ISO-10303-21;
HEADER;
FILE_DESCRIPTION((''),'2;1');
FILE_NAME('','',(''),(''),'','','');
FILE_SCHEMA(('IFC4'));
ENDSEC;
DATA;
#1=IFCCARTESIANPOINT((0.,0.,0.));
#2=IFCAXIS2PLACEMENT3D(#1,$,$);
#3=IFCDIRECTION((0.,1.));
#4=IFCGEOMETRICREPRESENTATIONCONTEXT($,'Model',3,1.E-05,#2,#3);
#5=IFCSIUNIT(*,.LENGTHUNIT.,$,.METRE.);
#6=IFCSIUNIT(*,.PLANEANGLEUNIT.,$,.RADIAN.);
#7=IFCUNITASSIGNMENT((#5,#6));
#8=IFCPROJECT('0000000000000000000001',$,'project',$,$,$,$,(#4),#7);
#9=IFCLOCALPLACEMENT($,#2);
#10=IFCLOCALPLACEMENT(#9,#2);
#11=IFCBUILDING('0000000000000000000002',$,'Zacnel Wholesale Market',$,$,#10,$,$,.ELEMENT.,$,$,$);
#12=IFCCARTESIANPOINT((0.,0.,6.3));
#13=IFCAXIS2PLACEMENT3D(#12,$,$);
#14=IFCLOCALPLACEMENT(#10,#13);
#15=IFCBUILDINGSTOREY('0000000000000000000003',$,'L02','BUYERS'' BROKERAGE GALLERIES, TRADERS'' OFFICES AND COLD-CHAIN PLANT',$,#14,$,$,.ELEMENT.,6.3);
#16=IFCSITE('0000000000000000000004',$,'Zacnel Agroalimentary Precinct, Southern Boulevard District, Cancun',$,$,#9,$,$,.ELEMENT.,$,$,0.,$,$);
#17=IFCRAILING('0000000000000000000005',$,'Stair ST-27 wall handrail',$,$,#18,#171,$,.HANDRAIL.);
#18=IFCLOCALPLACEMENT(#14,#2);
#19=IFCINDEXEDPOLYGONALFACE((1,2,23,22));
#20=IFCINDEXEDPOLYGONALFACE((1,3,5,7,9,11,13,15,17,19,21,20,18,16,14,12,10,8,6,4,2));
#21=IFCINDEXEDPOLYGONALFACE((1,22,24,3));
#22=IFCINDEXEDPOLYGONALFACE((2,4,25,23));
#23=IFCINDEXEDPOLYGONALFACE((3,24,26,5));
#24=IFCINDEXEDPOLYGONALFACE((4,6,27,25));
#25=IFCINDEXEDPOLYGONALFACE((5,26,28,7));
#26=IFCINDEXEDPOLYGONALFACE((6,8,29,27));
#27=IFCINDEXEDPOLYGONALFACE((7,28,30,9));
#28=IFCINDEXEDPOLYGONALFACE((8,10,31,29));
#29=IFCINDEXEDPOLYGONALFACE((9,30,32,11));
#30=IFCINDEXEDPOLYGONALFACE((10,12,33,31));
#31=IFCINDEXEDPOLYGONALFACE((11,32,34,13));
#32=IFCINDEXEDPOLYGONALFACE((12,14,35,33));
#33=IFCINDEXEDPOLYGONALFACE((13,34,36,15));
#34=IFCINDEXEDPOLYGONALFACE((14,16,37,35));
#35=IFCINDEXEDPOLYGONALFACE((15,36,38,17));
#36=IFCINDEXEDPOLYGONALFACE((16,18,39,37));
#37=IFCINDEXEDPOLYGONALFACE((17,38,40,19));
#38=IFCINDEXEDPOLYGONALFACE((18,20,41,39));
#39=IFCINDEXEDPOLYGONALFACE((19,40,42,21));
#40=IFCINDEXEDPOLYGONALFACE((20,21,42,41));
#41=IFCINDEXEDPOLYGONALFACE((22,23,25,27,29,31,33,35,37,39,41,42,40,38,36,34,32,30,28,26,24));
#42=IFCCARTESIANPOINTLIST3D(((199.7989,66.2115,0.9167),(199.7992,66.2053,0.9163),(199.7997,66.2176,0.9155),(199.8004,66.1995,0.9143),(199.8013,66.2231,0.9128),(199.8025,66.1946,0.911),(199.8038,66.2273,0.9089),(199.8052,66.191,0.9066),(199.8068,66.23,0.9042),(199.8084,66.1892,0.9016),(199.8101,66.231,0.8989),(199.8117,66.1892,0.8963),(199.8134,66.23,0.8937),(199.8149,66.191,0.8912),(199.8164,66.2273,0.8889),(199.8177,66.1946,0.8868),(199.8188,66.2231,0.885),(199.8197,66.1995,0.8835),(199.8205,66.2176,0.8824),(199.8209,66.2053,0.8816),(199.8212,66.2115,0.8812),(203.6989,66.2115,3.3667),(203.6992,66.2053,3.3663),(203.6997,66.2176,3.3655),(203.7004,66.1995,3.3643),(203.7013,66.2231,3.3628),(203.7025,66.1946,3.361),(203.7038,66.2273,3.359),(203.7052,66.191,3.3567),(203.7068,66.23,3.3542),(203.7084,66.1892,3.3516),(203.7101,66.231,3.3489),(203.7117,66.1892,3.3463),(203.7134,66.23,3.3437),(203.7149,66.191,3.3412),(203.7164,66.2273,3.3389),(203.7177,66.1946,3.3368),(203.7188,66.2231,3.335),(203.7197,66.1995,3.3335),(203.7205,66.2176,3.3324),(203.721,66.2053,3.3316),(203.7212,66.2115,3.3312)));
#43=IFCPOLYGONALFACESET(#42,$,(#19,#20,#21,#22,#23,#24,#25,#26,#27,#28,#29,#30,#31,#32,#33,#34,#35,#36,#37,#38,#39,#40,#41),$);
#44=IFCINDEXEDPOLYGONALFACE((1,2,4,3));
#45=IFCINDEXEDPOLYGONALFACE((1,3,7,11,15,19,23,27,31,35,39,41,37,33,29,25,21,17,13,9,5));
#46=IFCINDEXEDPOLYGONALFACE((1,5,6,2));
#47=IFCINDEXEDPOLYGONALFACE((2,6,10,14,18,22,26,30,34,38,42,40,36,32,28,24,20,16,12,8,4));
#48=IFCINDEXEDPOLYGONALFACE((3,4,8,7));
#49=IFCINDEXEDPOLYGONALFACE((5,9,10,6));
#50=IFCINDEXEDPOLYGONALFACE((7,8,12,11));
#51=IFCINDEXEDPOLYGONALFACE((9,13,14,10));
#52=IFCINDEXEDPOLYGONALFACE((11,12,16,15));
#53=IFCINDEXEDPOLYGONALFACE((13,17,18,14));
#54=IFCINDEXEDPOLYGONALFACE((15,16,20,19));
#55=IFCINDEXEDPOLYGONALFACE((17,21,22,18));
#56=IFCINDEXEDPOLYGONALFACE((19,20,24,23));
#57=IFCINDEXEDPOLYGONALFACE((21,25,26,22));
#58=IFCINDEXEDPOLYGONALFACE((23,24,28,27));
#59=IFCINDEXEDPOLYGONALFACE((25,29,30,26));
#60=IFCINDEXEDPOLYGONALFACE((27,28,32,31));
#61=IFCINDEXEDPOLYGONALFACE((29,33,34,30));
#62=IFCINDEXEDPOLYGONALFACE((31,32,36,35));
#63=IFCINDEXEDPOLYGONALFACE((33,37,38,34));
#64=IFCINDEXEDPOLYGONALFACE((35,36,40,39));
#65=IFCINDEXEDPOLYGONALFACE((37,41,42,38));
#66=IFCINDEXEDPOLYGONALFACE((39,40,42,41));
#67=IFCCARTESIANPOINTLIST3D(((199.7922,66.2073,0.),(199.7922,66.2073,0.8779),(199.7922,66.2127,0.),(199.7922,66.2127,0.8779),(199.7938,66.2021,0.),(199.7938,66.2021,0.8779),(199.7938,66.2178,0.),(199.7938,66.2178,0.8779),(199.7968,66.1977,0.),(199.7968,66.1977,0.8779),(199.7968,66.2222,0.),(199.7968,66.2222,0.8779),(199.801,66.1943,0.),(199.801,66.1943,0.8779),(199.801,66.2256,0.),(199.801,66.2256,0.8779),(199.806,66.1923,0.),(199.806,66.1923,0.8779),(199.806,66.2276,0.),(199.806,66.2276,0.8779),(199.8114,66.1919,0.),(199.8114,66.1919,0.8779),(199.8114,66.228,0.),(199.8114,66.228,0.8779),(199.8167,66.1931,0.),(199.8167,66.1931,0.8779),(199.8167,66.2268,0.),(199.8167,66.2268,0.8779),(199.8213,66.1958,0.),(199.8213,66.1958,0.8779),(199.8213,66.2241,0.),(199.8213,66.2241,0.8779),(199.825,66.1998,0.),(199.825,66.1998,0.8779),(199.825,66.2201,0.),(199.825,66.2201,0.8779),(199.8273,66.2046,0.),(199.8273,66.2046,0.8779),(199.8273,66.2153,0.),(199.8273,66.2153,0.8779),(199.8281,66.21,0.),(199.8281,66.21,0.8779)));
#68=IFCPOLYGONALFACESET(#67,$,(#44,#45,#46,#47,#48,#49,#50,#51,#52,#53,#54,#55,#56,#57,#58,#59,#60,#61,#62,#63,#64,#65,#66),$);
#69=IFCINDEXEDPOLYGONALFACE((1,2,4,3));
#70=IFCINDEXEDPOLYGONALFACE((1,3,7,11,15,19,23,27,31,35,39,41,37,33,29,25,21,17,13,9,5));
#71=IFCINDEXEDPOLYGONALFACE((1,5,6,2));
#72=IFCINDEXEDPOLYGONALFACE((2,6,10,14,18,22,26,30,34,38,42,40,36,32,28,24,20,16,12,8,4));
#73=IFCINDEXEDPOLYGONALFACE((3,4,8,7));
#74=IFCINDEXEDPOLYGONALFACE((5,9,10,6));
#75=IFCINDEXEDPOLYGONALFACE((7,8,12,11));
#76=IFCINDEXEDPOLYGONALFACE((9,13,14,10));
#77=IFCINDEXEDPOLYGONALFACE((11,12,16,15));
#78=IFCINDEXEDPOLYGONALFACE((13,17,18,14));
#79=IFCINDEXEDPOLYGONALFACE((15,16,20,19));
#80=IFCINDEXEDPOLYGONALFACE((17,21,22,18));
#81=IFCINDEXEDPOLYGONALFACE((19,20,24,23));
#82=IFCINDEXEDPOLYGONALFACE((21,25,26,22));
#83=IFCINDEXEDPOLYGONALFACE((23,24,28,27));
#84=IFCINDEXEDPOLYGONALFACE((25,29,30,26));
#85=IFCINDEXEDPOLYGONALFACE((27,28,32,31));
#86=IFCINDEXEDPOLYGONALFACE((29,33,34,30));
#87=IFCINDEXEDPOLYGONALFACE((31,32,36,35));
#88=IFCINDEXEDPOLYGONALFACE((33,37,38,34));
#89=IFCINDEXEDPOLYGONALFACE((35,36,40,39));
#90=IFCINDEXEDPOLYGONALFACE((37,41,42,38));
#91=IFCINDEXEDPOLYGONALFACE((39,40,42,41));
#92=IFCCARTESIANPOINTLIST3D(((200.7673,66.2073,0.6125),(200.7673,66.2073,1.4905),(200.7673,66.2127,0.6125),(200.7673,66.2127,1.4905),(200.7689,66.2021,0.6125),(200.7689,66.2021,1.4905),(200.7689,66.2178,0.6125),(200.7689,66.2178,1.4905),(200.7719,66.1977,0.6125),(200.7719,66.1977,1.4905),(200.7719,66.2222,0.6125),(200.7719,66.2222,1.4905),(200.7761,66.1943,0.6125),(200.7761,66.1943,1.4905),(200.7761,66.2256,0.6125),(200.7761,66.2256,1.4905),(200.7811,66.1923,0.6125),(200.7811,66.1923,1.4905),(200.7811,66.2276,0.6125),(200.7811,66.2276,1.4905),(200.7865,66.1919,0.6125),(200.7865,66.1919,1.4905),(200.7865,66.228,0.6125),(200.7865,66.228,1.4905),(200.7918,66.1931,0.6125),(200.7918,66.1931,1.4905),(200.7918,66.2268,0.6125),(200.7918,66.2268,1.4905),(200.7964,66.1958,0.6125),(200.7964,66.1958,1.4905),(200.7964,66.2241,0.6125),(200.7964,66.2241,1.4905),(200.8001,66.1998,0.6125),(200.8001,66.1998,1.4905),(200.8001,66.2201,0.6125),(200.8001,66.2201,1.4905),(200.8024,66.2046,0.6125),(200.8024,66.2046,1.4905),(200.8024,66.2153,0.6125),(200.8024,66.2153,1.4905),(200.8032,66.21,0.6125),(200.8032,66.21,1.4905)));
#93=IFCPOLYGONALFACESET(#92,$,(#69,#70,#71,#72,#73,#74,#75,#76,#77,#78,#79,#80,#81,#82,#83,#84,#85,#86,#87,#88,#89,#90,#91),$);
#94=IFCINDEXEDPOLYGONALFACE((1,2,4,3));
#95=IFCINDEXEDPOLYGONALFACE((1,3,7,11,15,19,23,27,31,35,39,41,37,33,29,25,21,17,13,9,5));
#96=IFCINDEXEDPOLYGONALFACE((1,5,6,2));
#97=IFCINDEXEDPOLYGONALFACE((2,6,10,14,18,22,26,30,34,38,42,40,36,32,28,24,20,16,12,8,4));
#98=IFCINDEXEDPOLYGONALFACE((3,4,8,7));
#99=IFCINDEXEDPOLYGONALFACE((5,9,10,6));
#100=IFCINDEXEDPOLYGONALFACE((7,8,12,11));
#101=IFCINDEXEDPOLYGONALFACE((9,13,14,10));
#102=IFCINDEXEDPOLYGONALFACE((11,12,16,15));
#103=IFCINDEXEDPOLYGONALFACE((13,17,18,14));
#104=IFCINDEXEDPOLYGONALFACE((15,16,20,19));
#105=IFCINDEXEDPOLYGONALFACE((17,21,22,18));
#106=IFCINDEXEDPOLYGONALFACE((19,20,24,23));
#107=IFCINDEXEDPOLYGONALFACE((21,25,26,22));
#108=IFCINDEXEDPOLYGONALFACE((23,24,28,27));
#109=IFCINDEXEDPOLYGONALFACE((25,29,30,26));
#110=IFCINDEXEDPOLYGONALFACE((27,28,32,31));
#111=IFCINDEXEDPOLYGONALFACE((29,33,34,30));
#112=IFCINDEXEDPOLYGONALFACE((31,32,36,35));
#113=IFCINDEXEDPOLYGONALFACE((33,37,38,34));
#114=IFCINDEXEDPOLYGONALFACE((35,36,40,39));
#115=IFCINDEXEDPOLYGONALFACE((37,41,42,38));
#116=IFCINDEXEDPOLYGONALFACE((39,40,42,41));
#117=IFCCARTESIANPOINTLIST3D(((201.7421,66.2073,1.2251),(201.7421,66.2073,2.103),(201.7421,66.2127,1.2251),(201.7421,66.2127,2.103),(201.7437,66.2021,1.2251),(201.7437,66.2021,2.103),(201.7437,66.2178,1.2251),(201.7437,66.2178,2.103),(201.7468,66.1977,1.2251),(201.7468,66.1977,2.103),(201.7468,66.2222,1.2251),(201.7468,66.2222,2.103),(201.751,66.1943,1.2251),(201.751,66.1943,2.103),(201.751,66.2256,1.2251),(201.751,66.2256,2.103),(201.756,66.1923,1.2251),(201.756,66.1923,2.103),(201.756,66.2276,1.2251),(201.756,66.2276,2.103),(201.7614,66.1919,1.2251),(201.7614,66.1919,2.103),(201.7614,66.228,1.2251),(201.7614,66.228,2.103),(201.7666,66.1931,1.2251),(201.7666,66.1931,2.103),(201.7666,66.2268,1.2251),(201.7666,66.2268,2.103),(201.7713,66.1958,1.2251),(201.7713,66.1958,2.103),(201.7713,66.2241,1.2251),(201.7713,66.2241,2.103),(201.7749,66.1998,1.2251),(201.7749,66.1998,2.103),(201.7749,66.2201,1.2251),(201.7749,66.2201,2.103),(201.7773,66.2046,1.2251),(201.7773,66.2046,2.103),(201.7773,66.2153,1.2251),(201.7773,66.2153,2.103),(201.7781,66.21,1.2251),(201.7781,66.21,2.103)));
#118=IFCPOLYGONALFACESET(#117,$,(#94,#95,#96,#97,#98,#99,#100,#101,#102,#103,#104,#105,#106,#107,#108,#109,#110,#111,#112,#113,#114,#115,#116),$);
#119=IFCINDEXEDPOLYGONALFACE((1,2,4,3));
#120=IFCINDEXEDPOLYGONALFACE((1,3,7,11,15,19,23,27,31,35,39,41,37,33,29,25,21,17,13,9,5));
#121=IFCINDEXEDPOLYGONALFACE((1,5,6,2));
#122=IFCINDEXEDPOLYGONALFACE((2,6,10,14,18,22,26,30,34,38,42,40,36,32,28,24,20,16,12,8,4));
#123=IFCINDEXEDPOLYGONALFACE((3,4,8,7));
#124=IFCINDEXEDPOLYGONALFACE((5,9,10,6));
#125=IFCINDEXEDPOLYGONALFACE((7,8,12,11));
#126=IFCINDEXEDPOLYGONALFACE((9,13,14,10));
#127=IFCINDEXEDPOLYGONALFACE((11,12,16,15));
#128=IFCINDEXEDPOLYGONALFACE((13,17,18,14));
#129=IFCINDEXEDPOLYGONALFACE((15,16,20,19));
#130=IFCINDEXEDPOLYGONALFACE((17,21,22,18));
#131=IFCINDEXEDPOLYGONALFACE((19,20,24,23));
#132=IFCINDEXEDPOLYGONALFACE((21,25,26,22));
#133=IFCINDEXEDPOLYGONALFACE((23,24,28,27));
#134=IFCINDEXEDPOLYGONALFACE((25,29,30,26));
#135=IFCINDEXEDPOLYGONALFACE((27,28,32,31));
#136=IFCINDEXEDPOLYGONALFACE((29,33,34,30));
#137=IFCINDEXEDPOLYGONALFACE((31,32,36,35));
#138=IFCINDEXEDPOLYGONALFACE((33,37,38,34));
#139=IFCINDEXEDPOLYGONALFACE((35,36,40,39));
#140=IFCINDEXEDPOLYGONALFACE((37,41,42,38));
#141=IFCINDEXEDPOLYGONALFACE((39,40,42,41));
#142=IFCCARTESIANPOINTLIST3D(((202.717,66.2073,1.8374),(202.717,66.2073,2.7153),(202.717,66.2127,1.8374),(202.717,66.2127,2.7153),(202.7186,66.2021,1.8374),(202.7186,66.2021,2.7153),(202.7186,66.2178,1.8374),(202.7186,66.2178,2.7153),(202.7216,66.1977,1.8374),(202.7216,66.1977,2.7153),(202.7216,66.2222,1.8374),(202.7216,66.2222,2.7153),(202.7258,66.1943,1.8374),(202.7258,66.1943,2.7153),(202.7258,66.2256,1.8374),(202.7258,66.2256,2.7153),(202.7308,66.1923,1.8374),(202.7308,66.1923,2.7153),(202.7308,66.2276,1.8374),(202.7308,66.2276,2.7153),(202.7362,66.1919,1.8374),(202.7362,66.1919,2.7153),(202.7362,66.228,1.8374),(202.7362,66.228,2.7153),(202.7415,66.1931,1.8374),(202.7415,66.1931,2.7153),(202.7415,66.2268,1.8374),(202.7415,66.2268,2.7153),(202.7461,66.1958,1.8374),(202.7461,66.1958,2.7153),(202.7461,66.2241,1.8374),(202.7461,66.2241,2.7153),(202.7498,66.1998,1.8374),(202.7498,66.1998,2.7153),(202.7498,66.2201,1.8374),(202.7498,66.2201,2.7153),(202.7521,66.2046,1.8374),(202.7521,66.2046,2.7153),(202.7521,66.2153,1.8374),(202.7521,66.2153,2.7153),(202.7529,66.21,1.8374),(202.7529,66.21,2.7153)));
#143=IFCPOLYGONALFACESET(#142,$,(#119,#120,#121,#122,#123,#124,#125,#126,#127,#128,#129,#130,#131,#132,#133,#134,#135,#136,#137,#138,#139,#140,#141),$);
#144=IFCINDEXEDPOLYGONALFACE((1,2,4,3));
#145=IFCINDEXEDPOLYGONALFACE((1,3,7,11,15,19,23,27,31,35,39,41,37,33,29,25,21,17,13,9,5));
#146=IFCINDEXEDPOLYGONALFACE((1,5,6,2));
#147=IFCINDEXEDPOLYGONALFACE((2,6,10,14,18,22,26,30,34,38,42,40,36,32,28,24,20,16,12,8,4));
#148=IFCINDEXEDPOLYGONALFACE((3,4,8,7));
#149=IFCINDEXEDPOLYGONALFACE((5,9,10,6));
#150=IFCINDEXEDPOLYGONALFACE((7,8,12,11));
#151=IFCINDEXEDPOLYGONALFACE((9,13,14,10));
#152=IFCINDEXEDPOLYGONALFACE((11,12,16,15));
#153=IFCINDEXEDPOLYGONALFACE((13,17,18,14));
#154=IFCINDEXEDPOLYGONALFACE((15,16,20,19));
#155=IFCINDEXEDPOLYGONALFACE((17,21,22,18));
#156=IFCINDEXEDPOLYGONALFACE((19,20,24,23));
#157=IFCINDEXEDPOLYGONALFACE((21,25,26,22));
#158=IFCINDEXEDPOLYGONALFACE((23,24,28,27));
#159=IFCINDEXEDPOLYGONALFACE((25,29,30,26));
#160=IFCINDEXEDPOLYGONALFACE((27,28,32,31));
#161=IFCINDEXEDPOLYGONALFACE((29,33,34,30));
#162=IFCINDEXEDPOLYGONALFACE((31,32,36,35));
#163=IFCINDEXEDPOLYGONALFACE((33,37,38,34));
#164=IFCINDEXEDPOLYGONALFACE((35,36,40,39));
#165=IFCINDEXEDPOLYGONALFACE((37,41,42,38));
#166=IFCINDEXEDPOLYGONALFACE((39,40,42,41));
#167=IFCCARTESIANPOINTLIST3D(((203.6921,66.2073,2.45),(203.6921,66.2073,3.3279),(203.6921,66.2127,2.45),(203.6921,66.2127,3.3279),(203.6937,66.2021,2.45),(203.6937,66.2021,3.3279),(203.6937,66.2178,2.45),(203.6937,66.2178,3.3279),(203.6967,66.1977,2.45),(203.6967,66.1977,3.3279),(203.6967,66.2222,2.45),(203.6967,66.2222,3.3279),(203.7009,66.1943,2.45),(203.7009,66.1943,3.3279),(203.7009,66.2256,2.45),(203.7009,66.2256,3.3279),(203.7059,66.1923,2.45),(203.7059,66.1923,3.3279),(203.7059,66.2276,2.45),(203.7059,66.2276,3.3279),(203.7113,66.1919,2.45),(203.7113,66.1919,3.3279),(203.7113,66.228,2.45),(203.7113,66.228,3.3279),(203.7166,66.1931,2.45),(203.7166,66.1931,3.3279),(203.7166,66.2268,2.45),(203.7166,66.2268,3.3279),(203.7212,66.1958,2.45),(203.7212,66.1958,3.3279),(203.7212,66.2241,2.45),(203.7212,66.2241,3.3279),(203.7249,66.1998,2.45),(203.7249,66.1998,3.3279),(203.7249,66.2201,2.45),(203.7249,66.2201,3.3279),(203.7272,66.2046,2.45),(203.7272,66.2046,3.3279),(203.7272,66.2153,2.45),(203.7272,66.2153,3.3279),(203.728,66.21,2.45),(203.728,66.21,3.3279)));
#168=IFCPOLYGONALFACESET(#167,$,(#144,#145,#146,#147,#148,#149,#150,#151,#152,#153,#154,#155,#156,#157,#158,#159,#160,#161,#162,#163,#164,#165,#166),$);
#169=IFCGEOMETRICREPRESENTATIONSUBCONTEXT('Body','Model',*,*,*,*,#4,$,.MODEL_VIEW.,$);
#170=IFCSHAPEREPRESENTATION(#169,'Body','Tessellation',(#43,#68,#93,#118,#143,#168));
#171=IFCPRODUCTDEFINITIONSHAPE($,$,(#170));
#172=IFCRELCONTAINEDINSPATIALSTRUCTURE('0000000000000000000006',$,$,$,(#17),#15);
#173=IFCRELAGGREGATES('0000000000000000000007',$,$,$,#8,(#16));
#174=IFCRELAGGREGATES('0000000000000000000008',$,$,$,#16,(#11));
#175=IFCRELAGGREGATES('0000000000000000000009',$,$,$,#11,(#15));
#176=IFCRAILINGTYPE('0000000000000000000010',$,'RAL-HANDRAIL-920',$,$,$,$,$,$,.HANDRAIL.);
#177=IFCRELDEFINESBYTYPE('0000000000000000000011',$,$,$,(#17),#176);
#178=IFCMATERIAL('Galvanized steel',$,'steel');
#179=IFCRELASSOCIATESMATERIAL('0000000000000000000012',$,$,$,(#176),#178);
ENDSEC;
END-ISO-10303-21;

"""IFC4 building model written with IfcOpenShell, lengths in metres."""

from ifc_helpers import new_model, si_unit, direction, frame, origin, origin_2d, place, context, subcontext, project, spatial, circle, extrude, material, type_object, element, save


model = new_model("IFC4")

# Units and contexts
model_context = context("Model", 3, precision=1e-05, world=origin(), true_north=direction((0.0, 1.0)))
body_context = subcontext(model_context, "Body", "Model", "MODEL_VIEW")
ifc_project = project(units=[si_unit("LENGTHUNIT", "METRE"), si_unit("PLANEANGLEUNIT", "RADIAN")], contexts=[model_context])

# Site, building, storey
site_placement = place(None, origin())
site = spatial("IfcSite", under=ifc_project, at=site_placement, Name="Zacnel Agroalimentary Precinct, Southern Boulevard District, Cancun", CompositionType="ELEMENT", RefElevation=0.0)
building_placement = place(site_placement, origin())
building = spatial("IfcBuilding", under=site, at=building_placement, Name="Zacnel Wholesale Market", CompositionType="ELEMENT")
storey_placement = place(building_placement, frame((0.0, 0.0, 6.3)))
storey = spatial("IfcBuildingStorey", under=building, at=storey_placement, Name="L02", Description="BUYERS' BROKERAGE GALLERIES, TRADERS' OFFICES AND COLD-CHAIN PLANT", CompositionType="ELEMENT", Elevation=6.3)

# Railing
ifc_material_1 = material(Name="Galvanized steel", Category="steel")
railing_type_1 = type_object("IfcRailingType", Name="RAL-HANDRAIL-920", PredefinedType="HANDRAIL", material=ifc_material_1)
railing_1_placement = place(storey_placement, frame((199.8101, 66.21, 0.0)))
element("IfcRailing", 1, at=railing_1_placement, inside=storey, type_object=railing_type_1, Name="Stair ST-27 wall handrail", PredefinedType="HANDRAIL", context=body_context, shape_type="SweptSolid", body=[
    extrude(circle(Radius=0.021, at=origin_2d()), frame((0.0, 0.0, 0.8989), z_axis=(0.846775, 0.0, 0.531951), x_axis=(0.0, 1.0, 0.0)), (0.0, 0.0, 1.0), 4.6057),
    extrude(circle(Radius=0.0181, at=origin_2d()), origin(), (0.0, 0.0, 1.0), 0.8779),
    extrude(circle(Radius=0.0181, at=origin_2d()), frame((0.9751, 0.0, 0.6125)), (0.0, 0.0, 1.0), 0.8779),
    extrude(circle(Radius=0.0181, at=origin_2d()), frame((1.95, 0.0, 1.2251)), (0.0, 0.0, 1.0), 0.8779),
    extrude(circle(Radius=0.0181, at=origin_2d()), frame((2.9248, 0.0, 1.8374)), (0.0, 0.0, 1.0), 0.8779),
    extrude(circle(Radius=0.0181, at=origin_2d()), frame((3.8999, 0.0, 2.45)), (0.0, 0.0, 1.0), 0.8779),
])

save(model, "model.ifc")
